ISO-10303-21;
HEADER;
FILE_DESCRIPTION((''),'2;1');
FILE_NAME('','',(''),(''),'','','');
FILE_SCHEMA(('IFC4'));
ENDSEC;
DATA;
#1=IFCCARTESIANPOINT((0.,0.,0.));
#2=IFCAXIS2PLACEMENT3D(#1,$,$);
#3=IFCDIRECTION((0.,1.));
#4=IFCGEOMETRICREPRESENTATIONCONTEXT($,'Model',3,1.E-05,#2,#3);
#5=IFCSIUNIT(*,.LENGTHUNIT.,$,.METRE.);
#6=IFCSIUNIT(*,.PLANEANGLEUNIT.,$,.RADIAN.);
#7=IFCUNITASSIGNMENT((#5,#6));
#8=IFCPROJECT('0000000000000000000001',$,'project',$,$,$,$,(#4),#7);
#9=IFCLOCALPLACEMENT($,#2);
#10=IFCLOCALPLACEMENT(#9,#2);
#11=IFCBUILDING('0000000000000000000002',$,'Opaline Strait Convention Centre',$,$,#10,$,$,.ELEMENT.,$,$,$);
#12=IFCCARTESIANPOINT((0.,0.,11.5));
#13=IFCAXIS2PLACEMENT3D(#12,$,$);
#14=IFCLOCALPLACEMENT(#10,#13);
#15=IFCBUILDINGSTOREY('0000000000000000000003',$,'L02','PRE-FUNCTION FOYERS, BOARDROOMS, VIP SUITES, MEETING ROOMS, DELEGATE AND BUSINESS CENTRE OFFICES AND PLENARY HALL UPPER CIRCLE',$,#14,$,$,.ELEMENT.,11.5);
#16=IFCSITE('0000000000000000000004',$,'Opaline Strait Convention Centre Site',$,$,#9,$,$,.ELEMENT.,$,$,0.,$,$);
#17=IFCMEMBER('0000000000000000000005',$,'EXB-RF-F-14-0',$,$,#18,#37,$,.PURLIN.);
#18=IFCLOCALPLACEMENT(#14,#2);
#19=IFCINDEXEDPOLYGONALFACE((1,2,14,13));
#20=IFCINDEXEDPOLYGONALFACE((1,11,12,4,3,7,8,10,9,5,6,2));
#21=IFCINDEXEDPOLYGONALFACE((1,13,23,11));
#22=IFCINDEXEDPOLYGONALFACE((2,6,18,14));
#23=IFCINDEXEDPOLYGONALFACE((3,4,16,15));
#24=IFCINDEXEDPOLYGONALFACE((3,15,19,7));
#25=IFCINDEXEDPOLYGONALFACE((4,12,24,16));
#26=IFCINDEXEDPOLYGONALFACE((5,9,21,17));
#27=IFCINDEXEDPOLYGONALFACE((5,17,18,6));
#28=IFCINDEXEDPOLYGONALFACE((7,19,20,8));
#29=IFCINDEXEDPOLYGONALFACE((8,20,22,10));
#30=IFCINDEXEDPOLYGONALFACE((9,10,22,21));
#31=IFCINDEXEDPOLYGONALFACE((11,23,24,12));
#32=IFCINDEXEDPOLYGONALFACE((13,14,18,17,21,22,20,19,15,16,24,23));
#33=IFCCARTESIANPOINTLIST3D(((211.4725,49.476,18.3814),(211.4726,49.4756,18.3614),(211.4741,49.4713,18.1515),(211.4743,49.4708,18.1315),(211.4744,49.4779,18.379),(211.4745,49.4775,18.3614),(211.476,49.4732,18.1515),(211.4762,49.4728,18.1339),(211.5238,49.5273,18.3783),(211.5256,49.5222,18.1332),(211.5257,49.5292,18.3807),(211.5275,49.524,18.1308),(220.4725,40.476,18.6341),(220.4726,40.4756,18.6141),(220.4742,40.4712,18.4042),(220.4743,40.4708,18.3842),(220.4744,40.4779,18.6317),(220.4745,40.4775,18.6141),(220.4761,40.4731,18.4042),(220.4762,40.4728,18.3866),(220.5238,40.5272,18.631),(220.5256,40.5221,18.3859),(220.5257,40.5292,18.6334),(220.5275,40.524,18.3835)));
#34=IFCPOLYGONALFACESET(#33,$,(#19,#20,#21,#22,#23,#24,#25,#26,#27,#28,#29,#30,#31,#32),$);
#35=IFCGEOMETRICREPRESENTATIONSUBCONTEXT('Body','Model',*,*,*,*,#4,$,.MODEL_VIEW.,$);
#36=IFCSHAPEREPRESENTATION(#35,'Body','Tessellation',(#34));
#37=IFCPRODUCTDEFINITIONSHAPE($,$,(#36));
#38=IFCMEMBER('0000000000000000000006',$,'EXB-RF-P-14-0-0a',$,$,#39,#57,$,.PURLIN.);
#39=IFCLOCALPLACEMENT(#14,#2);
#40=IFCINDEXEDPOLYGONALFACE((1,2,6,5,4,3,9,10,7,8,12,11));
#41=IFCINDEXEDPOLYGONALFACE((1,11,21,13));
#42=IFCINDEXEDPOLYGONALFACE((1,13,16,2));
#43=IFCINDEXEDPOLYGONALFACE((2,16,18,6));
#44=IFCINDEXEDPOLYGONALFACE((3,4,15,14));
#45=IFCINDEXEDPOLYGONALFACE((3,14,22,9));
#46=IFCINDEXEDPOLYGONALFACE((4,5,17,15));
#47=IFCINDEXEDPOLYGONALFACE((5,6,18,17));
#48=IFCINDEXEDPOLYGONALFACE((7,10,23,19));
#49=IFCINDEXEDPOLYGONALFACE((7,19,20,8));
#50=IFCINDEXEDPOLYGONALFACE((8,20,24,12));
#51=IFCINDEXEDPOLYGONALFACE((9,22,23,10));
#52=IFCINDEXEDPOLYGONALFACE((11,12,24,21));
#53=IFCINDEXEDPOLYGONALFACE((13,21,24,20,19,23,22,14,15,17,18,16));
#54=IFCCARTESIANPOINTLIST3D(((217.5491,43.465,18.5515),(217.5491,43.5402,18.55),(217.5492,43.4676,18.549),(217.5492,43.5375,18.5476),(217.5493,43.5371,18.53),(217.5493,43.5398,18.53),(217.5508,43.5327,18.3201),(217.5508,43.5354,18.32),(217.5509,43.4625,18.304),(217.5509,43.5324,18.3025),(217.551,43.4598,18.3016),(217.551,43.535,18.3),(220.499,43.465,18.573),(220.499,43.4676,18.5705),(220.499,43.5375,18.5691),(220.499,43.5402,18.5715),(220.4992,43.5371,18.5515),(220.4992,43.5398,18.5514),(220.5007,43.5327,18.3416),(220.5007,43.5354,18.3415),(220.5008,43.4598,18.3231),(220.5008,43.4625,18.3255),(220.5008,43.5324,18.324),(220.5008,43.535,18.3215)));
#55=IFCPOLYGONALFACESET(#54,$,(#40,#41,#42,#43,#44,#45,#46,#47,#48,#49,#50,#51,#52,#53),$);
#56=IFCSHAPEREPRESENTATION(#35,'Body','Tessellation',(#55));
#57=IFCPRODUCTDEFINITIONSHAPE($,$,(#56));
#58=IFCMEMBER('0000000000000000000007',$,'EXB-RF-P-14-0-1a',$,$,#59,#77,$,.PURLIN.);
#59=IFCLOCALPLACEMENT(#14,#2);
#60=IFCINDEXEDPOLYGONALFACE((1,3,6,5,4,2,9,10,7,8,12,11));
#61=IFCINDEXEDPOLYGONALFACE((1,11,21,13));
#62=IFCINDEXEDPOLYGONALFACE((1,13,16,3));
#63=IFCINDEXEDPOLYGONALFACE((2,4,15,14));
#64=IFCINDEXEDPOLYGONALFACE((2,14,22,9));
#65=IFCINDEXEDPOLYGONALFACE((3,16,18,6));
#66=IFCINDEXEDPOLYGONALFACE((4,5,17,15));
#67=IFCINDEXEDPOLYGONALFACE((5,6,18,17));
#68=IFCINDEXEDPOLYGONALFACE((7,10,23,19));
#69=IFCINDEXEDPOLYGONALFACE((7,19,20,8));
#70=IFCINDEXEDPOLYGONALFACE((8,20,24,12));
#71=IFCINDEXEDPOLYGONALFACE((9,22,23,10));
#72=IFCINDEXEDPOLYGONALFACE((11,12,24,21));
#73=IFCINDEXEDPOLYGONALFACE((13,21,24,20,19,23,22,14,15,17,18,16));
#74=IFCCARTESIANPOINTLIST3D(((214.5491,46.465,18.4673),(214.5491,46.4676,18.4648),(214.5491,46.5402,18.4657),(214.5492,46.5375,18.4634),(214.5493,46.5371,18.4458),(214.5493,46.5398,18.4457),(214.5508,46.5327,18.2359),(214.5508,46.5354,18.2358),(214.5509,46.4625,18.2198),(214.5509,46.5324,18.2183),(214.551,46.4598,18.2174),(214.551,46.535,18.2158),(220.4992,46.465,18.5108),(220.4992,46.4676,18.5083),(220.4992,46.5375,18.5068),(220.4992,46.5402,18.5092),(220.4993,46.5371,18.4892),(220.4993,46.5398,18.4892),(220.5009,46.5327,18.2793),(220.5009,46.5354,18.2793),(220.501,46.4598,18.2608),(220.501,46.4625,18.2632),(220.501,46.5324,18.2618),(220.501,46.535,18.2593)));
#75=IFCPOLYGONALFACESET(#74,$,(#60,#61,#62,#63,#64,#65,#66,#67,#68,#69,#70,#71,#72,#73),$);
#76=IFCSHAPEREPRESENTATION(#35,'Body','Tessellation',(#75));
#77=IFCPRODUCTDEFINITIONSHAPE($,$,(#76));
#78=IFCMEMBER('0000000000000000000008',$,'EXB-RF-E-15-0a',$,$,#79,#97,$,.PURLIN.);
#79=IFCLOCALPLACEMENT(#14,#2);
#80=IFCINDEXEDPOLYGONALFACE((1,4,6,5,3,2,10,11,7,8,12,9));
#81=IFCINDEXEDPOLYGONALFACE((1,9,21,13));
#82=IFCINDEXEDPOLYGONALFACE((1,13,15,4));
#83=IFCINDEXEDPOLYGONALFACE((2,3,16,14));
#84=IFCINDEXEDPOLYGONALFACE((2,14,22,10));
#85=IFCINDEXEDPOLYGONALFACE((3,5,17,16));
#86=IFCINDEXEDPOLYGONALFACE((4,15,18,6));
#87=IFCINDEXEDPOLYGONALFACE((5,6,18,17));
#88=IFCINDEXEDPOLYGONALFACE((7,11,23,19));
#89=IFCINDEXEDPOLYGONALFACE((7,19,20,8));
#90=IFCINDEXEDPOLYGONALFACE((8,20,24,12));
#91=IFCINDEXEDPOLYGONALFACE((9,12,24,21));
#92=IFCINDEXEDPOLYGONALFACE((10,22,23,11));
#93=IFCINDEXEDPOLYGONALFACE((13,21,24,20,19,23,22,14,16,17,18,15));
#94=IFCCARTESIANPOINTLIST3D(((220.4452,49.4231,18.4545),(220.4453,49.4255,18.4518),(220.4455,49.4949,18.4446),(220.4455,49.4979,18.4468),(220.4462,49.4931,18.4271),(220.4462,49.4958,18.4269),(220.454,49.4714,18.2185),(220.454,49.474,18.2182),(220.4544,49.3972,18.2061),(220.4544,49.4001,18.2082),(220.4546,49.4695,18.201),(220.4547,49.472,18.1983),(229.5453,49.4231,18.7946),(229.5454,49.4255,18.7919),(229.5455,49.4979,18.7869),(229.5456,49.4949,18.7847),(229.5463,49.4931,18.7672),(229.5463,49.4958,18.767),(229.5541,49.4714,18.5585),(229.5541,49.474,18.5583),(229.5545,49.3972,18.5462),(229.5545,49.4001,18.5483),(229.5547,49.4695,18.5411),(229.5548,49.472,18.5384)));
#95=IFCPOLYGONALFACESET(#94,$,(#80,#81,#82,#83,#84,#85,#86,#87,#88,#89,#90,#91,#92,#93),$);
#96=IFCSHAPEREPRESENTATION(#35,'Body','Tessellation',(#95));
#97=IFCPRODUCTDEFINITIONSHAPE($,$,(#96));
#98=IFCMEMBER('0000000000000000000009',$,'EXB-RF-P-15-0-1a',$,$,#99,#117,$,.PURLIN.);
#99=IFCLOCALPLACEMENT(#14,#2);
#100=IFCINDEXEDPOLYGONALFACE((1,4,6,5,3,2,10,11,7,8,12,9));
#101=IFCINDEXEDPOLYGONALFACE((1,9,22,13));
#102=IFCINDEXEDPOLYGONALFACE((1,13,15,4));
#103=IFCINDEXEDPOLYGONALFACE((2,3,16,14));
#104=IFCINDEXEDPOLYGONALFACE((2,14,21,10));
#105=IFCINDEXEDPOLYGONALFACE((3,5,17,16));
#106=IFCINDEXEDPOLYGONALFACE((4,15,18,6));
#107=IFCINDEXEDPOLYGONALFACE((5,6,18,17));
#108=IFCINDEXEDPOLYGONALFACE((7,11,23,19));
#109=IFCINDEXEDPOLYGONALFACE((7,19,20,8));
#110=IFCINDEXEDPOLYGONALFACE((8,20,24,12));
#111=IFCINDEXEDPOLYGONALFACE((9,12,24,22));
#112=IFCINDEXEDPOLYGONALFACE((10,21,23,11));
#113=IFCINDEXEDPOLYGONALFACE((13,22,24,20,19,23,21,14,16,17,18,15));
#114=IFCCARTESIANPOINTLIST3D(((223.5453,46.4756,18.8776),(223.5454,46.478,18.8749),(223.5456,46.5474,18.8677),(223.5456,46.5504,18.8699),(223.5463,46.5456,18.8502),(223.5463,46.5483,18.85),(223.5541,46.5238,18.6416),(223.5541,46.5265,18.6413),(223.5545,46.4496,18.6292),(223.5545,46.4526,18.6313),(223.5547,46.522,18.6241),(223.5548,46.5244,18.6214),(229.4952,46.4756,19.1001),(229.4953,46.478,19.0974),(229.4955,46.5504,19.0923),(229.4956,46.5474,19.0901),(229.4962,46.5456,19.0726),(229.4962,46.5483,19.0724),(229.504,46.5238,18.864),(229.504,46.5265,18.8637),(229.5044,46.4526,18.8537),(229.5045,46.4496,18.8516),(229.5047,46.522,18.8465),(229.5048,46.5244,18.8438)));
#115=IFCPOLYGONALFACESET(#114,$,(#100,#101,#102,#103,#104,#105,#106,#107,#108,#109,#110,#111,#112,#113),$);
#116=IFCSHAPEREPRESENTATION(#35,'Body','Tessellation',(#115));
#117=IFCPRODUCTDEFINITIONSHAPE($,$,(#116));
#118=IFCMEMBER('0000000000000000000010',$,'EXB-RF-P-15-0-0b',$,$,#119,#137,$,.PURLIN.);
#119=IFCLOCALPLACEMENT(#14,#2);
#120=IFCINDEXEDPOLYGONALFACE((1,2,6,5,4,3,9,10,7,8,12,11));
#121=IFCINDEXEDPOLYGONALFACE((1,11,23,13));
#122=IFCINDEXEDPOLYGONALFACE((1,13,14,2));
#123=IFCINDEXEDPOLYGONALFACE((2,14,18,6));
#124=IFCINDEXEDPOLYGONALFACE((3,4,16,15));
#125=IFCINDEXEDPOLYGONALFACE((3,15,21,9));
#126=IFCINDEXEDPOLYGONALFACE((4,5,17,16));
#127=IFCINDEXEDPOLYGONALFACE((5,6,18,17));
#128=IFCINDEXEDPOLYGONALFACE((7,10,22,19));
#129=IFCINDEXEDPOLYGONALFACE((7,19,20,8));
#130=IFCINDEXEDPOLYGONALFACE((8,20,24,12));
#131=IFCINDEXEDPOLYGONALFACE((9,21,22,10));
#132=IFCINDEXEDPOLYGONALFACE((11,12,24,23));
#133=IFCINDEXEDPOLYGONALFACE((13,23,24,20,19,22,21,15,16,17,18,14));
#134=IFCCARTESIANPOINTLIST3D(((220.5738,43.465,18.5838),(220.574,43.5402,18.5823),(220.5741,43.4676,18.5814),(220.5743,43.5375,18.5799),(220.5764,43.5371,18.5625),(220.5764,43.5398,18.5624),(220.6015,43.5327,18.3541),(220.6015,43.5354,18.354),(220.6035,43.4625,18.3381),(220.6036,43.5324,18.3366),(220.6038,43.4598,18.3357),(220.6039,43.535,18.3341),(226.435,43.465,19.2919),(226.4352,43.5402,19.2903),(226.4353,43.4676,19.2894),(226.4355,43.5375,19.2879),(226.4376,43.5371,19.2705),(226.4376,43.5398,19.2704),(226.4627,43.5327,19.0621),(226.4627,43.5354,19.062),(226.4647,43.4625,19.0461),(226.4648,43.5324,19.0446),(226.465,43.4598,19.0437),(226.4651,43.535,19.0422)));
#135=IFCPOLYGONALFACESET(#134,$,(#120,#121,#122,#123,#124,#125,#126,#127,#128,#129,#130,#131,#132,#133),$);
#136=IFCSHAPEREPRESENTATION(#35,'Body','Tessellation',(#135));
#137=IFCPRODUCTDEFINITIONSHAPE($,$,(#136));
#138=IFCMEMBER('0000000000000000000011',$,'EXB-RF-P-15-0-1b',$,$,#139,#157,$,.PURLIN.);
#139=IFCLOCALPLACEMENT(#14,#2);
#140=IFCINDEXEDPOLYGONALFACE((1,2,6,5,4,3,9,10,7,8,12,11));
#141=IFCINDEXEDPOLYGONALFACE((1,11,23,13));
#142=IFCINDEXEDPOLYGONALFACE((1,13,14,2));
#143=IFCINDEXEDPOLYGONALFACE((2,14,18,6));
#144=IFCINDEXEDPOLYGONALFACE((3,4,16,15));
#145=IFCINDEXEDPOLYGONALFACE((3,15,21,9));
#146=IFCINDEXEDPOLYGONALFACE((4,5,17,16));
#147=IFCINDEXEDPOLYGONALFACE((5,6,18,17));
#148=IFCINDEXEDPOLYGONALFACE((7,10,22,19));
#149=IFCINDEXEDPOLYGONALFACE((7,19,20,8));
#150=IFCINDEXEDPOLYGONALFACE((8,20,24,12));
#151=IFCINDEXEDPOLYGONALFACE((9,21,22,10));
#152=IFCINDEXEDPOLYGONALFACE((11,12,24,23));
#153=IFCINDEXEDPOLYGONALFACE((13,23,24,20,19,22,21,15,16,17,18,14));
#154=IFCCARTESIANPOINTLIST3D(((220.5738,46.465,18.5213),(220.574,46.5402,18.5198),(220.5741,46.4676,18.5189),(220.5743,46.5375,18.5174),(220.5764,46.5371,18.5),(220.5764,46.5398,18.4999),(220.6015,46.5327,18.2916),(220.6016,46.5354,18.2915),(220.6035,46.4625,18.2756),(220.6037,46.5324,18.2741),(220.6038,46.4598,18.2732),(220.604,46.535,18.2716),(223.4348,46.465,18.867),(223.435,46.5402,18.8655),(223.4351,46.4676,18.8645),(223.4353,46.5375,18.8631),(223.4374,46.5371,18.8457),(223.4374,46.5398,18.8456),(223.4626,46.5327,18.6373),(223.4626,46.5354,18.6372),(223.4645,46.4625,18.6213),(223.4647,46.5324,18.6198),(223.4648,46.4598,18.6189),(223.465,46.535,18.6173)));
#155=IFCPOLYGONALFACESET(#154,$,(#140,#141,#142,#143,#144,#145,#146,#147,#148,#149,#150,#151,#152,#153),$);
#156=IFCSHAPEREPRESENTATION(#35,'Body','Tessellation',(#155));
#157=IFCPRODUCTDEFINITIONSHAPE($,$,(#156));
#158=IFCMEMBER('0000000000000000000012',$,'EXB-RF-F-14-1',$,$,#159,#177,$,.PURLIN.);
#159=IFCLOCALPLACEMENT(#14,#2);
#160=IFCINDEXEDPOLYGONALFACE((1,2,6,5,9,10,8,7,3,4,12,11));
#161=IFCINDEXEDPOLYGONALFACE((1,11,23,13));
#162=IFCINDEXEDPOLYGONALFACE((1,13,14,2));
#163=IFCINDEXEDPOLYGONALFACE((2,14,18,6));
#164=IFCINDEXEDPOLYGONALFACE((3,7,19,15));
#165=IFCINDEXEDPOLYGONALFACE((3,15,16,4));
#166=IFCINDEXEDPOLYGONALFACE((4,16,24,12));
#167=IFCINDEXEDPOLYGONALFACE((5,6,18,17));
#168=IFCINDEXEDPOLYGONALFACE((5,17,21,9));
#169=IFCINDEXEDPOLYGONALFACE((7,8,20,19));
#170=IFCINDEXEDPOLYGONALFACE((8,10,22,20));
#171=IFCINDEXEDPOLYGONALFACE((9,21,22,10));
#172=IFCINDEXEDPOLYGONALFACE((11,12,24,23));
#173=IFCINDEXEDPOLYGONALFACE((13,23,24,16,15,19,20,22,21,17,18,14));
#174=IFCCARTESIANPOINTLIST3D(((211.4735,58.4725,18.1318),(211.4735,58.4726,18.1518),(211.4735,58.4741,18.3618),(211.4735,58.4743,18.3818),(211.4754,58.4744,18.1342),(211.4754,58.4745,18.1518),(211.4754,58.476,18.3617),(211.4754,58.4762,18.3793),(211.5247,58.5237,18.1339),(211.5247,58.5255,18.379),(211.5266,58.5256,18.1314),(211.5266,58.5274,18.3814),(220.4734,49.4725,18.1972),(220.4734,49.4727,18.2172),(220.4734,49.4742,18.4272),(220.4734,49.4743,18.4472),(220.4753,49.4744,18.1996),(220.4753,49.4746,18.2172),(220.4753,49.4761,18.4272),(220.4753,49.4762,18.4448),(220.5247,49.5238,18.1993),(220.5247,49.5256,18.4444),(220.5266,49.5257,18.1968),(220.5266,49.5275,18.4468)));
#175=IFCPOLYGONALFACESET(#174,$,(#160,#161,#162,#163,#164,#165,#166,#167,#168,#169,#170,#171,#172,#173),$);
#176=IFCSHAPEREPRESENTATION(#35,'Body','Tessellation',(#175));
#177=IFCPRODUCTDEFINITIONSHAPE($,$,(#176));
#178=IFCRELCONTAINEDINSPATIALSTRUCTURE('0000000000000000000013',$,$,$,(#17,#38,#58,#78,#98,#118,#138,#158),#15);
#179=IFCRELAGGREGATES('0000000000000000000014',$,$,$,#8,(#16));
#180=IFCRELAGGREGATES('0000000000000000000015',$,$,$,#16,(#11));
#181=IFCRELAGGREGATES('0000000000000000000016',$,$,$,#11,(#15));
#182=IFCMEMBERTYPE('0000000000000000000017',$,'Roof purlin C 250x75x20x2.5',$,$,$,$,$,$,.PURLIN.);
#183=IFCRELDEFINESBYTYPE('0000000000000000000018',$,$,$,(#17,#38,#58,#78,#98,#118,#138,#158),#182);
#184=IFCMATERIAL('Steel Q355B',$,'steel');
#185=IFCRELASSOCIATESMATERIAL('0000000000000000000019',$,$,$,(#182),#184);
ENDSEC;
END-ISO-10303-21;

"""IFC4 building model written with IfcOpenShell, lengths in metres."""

from ifc_helpers import new_model, si_unit, direction, frame, origin, place, context, subcontext, project, spatial, polyline, outline, extrude, material, material_profile, profile_set, type_object, element, save


model = new_model("IFC4")

# Units and contexts
model_context = context("Model", 3, precision=1e-05, world=origin(), true_north=direction((0.0, 1.0)))
body_context = subcontext(model_context, "Body", "Model", "MODEL_VIEW")
ifc_project = project(units=[si_unit("LENGTHUNIT", "METRE"), si_unit("PLANEANGLEUNIT", "RADIAN")], contexts=[model_context])

# Site, building, storey
site_placement = place(None, origin())
site = spatial("IfcSite", under=ifc_project, at=site_placement, Name="Opaline Strait Convention Centre Site", CompositionType="ELEMENT", RefElevation=0.0)
building_placement = place(site_placement, origin())
building = spatial("IfcBuilding", under=site, at=building_placement, Name="Opaline Strait Convention Centre", CompositionType="ELEMENT")
storey_placement = place(building_placement, frame((0.0, 0.0, 11.5)))
storey = spatial("IfcBuildingStorey", under=building, at=storey_placement, Name="L02", Description="PRE-FUNCTION FOYERS, BOARDROOMS, VIP SUITES, MEETING ROOMS, DELEGATE AND BUSINESS CENTRE OFFICES AND PLENARY HALL UPPER CIRCLE", CompositionType="ELEMENT", Elevation=11.5)

# Members
ifc_material_1 = material(Name="Steel Q355B", Category="steel")
ifc_material_profile_1 = material_profile(ifc_material_1, outline(polyline([(-0.0376, -0.125), (0.0376, -0.125), (0.0376, -0.105), (0.0349, -0.105), (0.0349, -0.1226), (-0.0349, -0.1226), (-0.0349, 0.1226), (0.0349, 0.1226), (0.0349, 0.105), (0.0376, 0.105), (0.0376, 0.125), (-0.0376, 0.125), (-0.0376, -0.125)])), Name="C 250x75x20x2.5")
ifc_profile_set_1 = profile_set([ifc_material_profile_1], Name="Steel Q355B")
member_type_1 = type_object("IfcMemberType", Name="Roof purlin C 250x75x20x2.5", PredefinedType="PURLIN", material=ifc_profile_set_1)
member_1_placement = place(storey_placement, frame((220.5, 40.5, 18.5088), z_axis=(-0.706967, 0.706967, -0.019849), x_axis=(-0.707209, -0.70694, 0.009562)))
element("IfcMember", 1, at=member_1_placement, inside=storey, type_object=member_type_1, Name="EXB-RF-F-14-0", PredefinedType="PURLIN", context=body_context, shape_type="SweptSolid", body=[
    extrude(outline(polyline([(-0.0376, -0.125), (0.0376, -0.125), (0.0376, -0.105), (0.0349, -0.105), (0.0349, -0.1226), (-0.0349, -0.1226), (-0.0349, 0.1226), (0.0349, 0.1226), (0.0349, 0.105), (0.0376, 0.105), (0.0376, 0.125), (-0.0376, 0.125), (-0.0376, -0.125)])), origin(), (0.0, 0.0, 1.0), 12.7305),
])
member_2_placement = place(storey_placement, frame((217.55, 43.5, 18.4258), z_axis=(0.999973, 0.0, 0.007283), x_axis=(0.000151, 0.999784, -0.020799)))
element("IfcMember", 2, at=member_2_placement, inside=storey, type_object=member_type_1, Name="EXB-RF-P-14-0-0a", PredefinedType="PURLIN", context=body_context, shape_type="SweptSolid", body=[
    extrude(outline(polyline([(-0.0376, -0.125), (0.0376, -0.125), (0.0376, -0.105), (0.0349, -0.105), (0.0349, -0.1226), (-0.0349, -0.1226), (-0.0349, 0.1226), (0.0349, 0.1226), (0.0349, 0.105), (0.0376, 0.105), (0.0376, 0.125), (-0.0376, 0.125), (-0.0376, -0.125)])), origin(), (0.0, 0.0, 1.0), 2.95),
])
member_3_placement = place(storey_placement, frame((214.55, 46.5, 18.3416), z_axis=(0.999973, 0.0, 0.007304), x_axis=(0.000152, 0.999784, -0.020799)))
element("IfcMember", 3, at=member_3_placement, inside=storey, type_object=member_type_1, Name="EXB-RF-P-14-0-1a", PredefinedType="PURLIN", context=body_context, shape_type="SweptSolid", body=[
    extrude(outline(polyline([(-0.0376, -0.125), (0.0376, -0.125), (0.0376, -0.105), (0.0349, -0.105), (0.0349, -0.1226), (-0.0349, -0.1226), (-0.0349, 0.1226), (0.0349, 0.1226), (0.0349, 0.105), (0.0376, 0.105), (0.0376, 0.125), (-0.0376, 0.125), (-0.0376, -0.125)])), origin(), (0.0, 0.0, 1.0), 5.9502),
])
member_4_placement = place(storey_placement, frame((220.45, 49.4475, 18.3264), z_axis=(0.999302, 0.0, 0.037346), x_axis=(0.003869, 0.99462, -0.103515)))
element("IfcMember", 4, at=member_4_placement, inside=storey, type_object=member_type_1, Name="EXB-RF-E-15-0a", PredefinedType="PURLIN", context=body_context, shape_type="SweptSolid", body=[
    extrude(outline(polyline([(-0.0376, -0.125), (0.0376, -0.125), (0.0376, -0.105), (0.0349, -0.105), (0.0349, -0.1226), (-0.0349, -0.1226), (-0.0349, 0.1226), (0.0349, 0.1226), (0.0349, 0.105), (0.0376, 0.105), (0.0376, 0.125), (-0.0376, 0.125), (-0.0376, -0.125)])), origin(), (0.0, 0.0, 1.0), 9.1064),
])
member_5_placement = place(storey_placement, frame((223.55, 46.5, 18.7495), z_axis=(0.999302, 0.0, 0.037354), x_axis=(0.003872, 0.994613, -0.103586)))
element("IfcMember", 5, at=member_5_placement, inside=storey, type_object=member_type_1, Name="EXB-RF-P-15-0-1a", PredefinedType="PURLIN", context=body_context, shape_type="SweptSolid", body=[
    extrude(outline(polyline([(-0.0376, -0.125), (0.0376, -0.125), (0.0376, -0.105), (0.0349, -0.105), (0.0349, -0.1226), (-0.0349, -0.1226), (-0.0349, 0.1226), (0.0349, 0.1226), (0.0349, 0.105), (0.0376, 0.105), (0.0376, 0.125), (-0.0376, 0.125), (-0.0376, -0.125)])), origin(), (0.0, 0.0, 1.0), 5.9541),
])
member_6_placement = place(storey_placement, frame((220.5889, 43.5, 18.459), z_axis=(0.992783, 0.0, 0.119926), x_axis=(0.002494, 0.999784, -0.020649)))
element("IfcMember", 6, at=member_6_placement, inside=storey, type_object=member_type_1, Name="EXB-RF-P-15-0-0b", PredefinedType="PURLIN", context=body_context, shape_type="SweptSolid", body=[
    extrude(outline(polyline([(-0.0376, -0.125), (0.0376, -0.125), (0.0376, -0.105), (0.0349, -0.105), (0.0349, -0.1226), (-0.0349, -0.1226), (-0.0349, 0.1226), (0.0349, 0.1226), (0.0349, 0.105), (0.0376, 0.105), (0.0376, 0.125), (-0.0376, 0.125), (-0.0376, -0.125)])), origin(), (0.0, 0.0, 1.0), 5.9038),
])
member_7_placement = place(storey_placement, frame((220.5889, 46.5, 18.3965), z_axis=(0.992779, 0.0, 0.119957), x_axis=(0.002495, 0.999784, -0.020649)))
element("IfcMember", 7, at=member_7_placement, inside=storey, type_object=member_type_1, Name="EXB-RF-P-15-0-1b", PredefinedType="PURLIN", context=body_context, shape_type="SweptSolid", body=[
    extrude(outline(polyline([(-0.0376, -0.125), (0.0376, -0.125), (0.0376, -0.105), (0.0349, -0.105), (0.0349, -0.1226), (-0.0349, -0.1226), (-0.0349, 0.1226), (0.0349, 0.1226), (0.0349, 0.105), (0.0376, 0.105), (0.0376, 0.125), (-0.0376, 0.125), (-0.0376, -0.125)])), origin(), (0.0, 0.0, 1.0), 2.8818),
])
member_8_placement = place(storey_placement, frame((220.5, 49.5, 18.322), z_axis=(-0.707097, 0.707097, -0.005141), x_axis=(-0.707116, -0.707079, 0.005143)))
element("IfcMember", 8, at=member_8_placement, inside=storey, type_object=member_type_1, Name="EXB-RF-F-14-1", PredefinedType="PURLIN", context=body_context, shape_type="SweptSolid", body=[
    extrude(outline(polyline([(-0.0376, -0.125), (0.0376, -0.125), (0.0376, -0.105), (0.0349, -0.105), (0.0349, -0.1226), (-0.0349, -0.1226), (-0.0349, 0.1226), (0.0349, 0.1226), (0.0349, 0.105), (0.0376, 0.105), (0.0376, 0.125), (-0.0376, 0.125), (-0.0376, -0.125)])), origin(), (0.0, 0.0, 1.0), 12.728),
])

save(model, "model.ifc")
